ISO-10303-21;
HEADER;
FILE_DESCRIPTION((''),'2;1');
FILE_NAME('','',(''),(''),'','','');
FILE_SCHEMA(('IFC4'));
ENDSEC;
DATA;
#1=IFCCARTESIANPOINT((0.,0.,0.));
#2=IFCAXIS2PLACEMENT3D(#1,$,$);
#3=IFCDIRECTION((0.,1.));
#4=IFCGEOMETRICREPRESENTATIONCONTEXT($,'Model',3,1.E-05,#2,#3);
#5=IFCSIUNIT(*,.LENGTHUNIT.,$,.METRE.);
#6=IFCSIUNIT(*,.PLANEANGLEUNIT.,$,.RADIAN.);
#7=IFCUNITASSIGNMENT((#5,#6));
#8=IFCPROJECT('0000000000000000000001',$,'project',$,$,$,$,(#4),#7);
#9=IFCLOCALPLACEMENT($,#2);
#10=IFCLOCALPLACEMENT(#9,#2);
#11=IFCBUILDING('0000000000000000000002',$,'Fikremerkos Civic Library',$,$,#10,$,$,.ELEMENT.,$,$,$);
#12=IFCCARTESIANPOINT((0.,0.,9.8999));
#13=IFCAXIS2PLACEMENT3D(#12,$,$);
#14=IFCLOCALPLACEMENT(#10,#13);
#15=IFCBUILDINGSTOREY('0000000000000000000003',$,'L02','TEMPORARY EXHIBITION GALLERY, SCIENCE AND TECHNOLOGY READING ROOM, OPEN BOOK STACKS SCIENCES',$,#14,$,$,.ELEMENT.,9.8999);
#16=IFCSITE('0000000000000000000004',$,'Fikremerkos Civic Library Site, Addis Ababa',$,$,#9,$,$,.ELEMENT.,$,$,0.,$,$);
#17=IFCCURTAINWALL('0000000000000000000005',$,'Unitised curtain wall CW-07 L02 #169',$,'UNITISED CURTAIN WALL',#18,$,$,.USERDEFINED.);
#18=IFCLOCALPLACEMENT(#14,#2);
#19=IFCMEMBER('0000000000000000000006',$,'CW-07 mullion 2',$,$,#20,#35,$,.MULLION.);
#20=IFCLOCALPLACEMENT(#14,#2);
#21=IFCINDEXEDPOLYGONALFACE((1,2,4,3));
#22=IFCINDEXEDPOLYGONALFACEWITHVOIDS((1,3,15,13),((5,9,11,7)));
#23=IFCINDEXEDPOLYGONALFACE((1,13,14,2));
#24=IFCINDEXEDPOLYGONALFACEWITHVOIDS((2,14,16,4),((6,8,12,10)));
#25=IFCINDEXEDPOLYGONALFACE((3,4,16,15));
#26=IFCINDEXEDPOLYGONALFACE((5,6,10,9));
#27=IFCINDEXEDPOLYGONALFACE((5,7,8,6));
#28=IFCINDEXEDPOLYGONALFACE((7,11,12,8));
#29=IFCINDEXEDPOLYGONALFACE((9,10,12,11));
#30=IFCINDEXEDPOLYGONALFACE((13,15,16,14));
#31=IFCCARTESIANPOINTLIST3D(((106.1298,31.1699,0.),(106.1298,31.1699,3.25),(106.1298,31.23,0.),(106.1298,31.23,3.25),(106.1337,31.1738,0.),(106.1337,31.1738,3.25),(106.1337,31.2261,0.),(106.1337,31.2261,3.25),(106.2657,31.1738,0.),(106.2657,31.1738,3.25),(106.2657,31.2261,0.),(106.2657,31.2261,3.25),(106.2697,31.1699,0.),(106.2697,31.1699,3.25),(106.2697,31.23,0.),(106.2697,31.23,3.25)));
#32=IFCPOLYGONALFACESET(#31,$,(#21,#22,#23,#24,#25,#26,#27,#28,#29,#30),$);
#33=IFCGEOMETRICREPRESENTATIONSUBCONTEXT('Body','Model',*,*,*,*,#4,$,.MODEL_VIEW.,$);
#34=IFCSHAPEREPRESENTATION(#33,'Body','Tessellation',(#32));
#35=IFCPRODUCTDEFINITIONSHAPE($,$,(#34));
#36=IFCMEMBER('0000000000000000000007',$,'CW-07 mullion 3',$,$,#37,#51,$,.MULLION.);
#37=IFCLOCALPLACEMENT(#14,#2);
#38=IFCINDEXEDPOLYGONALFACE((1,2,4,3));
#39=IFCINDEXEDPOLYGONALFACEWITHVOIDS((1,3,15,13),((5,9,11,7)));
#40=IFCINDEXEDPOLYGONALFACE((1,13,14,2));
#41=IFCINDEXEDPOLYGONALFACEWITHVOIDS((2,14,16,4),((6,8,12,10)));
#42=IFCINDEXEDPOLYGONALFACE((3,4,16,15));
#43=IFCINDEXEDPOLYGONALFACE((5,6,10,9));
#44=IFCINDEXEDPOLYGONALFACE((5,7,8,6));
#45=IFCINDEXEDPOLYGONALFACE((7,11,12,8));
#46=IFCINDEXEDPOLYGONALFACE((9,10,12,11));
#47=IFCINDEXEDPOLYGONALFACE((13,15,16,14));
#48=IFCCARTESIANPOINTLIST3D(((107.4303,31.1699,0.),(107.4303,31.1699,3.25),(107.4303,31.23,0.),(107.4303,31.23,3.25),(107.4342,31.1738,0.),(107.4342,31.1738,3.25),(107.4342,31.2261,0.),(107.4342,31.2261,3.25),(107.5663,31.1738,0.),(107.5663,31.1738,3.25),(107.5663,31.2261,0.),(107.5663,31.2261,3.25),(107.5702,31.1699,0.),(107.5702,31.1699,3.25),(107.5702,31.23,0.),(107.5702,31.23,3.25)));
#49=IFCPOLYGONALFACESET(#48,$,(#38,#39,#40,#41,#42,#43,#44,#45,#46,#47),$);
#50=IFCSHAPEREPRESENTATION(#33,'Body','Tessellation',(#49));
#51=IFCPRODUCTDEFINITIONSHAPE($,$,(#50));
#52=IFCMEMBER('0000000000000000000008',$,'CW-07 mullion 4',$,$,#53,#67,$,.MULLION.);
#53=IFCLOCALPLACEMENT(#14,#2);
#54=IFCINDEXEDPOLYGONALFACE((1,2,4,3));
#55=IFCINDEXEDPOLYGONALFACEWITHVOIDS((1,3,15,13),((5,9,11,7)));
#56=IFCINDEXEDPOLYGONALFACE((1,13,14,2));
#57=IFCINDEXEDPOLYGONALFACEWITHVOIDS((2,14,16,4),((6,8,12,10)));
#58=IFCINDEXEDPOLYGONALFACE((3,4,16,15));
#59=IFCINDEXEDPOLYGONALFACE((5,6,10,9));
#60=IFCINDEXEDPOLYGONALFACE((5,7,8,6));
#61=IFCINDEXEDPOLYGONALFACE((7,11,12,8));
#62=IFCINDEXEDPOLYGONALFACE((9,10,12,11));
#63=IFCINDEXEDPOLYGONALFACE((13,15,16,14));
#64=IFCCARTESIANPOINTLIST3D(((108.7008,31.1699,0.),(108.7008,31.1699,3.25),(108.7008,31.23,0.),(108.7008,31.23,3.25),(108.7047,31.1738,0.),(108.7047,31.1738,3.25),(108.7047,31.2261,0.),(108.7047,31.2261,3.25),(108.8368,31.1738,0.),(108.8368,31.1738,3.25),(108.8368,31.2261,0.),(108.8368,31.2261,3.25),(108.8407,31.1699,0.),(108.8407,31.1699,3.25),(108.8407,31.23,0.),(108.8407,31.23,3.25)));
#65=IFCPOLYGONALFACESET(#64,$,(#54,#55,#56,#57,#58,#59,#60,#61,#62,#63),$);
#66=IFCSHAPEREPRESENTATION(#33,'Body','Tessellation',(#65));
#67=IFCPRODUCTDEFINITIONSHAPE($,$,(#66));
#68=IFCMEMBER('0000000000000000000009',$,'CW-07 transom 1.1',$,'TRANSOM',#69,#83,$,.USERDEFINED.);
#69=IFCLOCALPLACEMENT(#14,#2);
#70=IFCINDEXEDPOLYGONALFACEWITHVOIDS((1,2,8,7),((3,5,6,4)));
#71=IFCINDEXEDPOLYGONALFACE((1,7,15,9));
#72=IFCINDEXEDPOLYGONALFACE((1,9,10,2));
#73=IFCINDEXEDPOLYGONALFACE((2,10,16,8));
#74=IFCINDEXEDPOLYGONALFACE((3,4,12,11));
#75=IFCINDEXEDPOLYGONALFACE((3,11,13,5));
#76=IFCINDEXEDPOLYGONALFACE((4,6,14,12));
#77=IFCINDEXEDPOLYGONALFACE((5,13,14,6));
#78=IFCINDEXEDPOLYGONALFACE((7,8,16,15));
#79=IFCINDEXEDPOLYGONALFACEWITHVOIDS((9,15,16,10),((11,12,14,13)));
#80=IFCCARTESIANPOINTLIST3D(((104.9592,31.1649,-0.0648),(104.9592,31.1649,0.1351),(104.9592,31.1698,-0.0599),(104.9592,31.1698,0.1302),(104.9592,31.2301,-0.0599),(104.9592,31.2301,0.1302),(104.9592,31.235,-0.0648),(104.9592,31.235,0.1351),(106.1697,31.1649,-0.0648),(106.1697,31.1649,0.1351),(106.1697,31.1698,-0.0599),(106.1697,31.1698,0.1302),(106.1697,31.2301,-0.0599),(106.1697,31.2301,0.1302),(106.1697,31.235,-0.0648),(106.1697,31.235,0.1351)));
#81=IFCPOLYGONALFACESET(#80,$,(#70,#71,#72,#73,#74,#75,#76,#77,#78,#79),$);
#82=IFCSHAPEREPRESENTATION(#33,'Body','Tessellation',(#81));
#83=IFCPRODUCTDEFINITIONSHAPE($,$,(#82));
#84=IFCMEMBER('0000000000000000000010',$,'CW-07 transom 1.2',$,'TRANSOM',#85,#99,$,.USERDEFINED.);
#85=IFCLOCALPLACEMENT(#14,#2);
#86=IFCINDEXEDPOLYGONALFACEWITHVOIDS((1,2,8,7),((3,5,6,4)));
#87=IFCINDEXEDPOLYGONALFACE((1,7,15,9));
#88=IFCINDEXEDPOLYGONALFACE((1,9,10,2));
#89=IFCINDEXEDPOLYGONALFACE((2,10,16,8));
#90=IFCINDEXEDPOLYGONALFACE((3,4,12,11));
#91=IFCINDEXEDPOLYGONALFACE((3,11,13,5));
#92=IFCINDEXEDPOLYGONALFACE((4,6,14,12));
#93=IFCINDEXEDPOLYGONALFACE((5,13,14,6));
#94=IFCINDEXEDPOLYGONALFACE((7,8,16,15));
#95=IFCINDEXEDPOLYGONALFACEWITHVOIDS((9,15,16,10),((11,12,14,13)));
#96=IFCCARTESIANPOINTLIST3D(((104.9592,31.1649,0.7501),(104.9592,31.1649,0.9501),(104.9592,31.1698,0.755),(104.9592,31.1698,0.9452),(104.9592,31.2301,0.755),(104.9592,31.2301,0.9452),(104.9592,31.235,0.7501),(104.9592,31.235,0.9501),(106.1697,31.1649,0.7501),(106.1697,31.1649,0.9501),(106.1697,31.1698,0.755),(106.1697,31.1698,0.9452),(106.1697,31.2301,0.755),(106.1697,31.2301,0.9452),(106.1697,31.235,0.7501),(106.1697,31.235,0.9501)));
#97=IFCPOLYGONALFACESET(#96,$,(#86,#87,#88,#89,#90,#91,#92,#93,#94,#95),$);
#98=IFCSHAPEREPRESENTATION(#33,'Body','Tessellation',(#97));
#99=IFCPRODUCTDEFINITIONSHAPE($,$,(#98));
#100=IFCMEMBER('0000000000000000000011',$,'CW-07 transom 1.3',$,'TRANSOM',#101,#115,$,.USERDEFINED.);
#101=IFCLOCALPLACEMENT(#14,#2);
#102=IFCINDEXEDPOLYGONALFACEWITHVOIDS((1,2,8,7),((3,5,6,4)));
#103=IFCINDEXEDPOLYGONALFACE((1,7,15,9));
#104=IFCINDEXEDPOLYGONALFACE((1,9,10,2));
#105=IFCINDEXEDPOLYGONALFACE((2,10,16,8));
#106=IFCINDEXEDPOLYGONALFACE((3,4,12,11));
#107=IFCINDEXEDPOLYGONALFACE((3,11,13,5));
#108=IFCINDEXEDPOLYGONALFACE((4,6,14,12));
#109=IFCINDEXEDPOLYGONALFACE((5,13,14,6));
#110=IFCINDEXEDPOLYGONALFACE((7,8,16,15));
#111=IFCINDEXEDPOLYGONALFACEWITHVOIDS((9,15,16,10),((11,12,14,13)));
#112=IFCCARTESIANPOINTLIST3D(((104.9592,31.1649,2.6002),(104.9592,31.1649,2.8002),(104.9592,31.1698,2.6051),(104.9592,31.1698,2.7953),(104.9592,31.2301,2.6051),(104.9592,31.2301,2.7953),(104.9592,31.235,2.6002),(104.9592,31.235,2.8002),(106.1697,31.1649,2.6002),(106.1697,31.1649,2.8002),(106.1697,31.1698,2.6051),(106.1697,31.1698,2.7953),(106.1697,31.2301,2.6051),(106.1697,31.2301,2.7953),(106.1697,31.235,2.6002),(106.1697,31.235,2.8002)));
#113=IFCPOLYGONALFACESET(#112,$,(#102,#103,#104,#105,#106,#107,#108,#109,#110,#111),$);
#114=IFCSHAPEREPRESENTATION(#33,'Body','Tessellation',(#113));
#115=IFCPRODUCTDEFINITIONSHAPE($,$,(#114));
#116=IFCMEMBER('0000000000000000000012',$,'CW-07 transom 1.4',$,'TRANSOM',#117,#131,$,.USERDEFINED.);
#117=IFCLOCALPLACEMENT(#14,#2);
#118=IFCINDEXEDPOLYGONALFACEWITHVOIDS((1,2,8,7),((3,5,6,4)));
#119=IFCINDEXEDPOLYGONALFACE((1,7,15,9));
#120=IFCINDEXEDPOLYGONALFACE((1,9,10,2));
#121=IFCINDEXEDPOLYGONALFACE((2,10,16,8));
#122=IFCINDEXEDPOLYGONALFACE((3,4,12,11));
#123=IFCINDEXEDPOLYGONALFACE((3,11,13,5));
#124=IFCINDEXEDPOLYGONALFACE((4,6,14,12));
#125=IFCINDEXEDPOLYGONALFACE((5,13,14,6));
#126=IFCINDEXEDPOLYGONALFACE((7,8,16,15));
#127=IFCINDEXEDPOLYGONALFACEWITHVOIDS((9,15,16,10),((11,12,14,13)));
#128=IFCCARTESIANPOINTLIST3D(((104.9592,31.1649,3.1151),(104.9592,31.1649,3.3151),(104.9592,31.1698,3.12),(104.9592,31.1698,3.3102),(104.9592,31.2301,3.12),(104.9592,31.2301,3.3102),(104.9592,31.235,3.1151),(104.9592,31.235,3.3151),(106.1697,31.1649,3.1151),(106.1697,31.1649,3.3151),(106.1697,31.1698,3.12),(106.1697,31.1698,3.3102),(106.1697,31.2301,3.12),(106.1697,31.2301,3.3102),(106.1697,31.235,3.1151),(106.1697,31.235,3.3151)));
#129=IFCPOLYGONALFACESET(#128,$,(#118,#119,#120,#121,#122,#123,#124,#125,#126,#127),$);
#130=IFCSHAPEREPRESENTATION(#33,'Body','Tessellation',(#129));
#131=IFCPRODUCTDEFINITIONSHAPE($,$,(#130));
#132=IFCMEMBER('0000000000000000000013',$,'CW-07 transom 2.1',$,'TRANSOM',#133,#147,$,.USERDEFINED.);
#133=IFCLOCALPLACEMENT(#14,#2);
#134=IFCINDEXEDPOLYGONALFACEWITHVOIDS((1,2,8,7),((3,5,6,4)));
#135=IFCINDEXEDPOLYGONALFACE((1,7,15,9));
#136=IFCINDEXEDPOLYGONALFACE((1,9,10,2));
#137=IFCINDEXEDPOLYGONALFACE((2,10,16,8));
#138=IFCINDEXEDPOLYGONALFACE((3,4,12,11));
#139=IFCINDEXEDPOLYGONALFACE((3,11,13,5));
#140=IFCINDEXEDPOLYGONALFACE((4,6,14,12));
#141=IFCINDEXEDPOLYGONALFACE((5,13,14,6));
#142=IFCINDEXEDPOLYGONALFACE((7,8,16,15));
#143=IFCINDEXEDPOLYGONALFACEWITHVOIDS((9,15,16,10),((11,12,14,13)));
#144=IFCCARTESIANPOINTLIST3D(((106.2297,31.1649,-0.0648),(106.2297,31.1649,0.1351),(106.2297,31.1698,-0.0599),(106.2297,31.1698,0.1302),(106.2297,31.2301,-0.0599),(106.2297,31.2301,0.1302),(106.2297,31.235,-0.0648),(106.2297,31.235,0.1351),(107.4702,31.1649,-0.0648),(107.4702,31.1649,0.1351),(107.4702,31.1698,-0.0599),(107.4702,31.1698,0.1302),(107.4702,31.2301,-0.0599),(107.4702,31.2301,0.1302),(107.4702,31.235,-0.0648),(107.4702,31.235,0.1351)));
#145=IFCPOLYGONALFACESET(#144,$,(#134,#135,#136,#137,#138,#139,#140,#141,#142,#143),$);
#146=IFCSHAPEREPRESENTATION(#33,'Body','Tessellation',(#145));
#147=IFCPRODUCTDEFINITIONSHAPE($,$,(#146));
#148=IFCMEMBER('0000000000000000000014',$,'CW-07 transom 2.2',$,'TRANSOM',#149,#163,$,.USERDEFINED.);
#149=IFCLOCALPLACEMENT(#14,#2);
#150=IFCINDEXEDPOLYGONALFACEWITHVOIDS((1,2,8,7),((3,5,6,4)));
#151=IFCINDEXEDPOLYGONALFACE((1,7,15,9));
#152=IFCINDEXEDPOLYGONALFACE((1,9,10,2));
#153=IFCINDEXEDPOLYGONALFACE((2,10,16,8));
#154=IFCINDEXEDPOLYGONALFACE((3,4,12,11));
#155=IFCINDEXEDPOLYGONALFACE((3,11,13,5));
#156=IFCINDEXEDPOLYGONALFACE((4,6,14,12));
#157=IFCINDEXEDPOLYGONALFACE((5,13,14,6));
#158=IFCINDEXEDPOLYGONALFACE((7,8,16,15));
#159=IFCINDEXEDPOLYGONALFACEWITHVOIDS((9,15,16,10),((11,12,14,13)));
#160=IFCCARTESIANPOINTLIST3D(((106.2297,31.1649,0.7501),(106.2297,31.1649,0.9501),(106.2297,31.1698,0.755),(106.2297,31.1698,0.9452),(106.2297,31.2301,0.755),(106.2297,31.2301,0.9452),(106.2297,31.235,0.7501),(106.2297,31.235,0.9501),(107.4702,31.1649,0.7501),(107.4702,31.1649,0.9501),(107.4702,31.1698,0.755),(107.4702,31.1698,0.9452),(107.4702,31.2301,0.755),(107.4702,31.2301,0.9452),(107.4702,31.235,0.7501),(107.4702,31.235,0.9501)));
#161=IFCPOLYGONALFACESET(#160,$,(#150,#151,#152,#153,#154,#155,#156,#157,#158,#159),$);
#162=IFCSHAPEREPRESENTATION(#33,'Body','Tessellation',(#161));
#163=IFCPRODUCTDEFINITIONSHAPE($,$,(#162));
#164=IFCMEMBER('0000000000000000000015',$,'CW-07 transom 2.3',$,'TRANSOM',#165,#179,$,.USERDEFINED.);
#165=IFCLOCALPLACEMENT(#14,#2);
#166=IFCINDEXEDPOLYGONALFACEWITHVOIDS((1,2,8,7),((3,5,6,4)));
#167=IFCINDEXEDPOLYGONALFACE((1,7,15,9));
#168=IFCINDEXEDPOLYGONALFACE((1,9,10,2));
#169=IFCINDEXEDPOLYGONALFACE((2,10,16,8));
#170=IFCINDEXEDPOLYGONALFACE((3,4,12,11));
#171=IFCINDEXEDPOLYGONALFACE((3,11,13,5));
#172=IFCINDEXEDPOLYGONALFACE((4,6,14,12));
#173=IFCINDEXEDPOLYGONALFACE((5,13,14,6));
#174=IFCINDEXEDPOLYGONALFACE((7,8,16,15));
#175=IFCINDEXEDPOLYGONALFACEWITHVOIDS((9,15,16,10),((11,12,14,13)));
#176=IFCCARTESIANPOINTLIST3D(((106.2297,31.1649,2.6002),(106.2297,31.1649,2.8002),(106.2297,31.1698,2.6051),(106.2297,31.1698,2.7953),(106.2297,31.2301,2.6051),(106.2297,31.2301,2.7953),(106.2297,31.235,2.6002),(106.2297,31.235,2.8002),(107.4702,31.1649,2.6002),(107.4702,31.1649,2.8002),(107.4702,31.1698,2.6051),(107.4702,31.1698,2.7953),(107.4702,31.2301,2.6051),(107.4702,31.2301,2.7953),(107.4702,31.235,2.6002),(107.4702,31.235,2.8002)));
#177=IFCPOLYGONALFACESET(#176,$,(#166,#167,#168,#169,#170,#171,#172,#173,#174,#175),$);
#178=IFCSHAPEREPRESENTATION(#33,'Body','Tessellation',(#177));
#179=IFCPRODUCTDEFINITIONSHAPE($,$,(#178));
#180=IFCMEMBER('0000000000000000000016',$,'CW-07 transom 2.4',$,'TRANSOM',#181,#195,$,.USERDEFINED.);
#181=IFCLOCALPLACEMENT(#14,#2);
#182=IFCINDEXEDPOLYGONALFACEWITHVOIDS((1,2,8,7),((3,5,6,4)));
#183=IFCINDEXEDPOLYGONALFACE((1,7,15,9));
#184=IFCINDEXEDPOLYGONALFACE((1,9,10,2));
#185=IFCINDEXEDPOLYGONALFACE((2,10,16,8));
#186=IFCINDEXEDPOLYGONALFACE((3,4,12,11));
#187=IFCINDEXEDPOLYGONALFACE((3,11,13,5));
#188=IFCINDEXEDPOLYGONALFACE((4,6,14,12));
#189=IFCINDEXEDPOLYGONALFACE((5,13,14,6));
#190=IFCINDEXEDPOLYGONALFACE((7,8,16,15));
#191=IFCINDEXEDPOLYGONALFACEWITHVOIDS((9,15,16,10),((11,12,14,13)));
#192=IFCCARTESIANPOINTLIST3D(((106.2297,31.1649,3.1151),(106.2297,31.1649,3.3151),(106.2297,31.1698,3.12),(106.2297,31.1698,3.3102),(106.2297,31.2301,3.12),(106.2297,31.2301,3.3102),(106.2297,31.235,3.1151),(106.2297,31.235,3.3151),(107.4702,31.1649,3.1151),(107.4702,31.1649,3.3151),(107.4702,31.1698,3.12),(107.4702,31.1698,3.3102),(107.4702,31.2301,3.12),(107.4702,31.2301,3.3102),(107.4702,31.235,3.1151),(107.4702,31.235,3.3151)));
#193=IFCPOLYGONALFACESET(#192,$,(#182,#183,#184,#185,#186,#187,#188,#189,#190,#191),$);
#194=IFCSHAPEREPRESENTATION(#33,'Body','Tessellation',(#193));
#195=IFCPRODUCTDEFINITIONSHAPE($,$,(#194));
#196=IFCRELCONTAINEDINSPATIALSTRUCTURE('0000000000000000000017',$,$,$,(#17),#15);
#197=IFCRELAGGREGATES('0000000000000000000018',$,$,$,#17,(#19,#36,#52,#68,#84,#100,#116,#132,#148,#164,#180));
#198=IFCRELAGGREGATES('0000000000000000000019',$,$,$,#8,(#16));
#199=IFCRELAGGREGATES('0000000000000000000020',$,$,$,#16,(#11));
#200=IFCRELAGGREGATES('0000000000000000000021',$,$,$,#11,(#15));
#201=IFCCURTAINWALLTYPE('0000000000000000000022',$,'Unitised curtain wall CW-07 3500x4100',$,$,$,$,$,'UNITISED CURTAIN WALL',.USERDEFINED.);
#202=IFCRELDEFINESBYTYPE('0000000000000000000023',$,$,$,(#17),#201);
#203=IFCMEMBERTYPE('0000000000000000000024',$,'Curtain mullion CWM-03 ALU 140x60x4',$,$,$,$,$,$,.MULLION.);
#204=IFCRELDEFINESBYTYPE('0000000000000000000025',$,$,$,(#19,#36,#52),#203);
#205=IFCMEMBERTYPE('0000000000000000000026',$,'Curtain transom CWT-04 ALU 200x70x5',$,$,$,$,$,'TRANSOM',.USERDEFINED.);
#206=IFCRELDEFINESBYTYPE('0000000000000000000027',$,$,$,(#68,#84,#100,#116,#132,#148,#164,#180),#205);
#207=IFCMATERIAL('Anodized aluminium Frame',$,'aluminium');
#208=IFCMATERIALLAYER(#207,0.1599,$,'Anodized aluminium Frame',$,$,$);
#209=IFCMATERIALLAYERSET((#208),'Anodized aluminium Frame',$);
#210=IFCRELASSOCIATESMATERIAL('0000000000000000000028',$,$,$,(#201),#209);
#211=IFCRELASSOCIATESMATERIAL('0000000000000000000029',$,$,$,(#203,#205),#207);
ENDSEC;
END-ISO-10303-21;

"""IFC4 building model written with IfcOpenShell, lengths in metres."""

from ifc_helpers import new_model, si_unit, direction, frame, origin, origin_2d, place, context, subcontext, project, spatial, hollow_rectangle, extrude, material, layer, layer_set, material_profile, profile_set, type_object, element, aggregate, save


model = new_model("IFC4")

# Units and contexts
model_context = context("Model", 3, precision=1e-05, world=origin(), true_north=direction((0.0, 1.0)))
body_context = subcontext(model_context, "Body", "Model", "MODEL_VIEW")
ifc_project = project(units=[si_unit("LENGTHUNIT", "METRE"), si_unit("PLANEANGLEUNIT", "RADIAN")], contexts=[model_context])

# Site, building, storey
site_placement = place(None, origin())
site = spatial("IfcSite", under=ifc_project, at=site_placement, Name="Fikremerkos Civic Library Site, Addis Ababa", CompositionType="ELEMENT", RefElevation=0.0)
building_placement = place(site_placement, origin())
building = spatial("IfcBuilding", under=site, at=building_placement, Name="Fikremerkos Civic Library", CompositionType="ELEMENT")
storey_placement = place(building_placement, frame((0.0, 0.0, 9.8999)))
storey = spatial("IfcBuildingStorey", under=building, at=storey_placement, Name="L02", Description="TEMPORARY EXHIBITION GALLERY, SCIENCE AND TECHNOLOGY READING ROOM, OPEN BOOK STACKS SCIENCES", CompositionType="ELEMENT", Elevation=9.8999)

# Curtain wall, members
ifc_material_1 = material(Name="Anodized aluminium Frame", Category="aluminium")
ifc_layer_1 = layer(ifc_material_1, 0.1599, Name="Anodized aluminium Frame")
ifc_layer_set_1 = layer_set([ifc_layer_1], Name="Anodized aluminium Frame")
curtain_wall_type = type_object("IfcCurtainWallType", Name="Unitised curtain wall CW-07 3500x4100", ElementType="UNITISED CURTAIN WALL", PredefinedType="USERDEFINED", material=ifc_layer_set_1)
curtain_wall_placement = place(storey_placement, origin())
curtain_wall = element("IfcCurtainWall", 1, at=curtain_wall_placement, inside=storey, type_object=curtain_wall_type, Name="Unitised curtain wall CW-07 L02 #169", ObjectType="UNITISED CURTAIN WALL", PredefinedType="USERDEFINED")
ifc_material_profile_1 = material_profile(ifc_material_1, hollow_rectangle(XDim=0.0601, YDim=0.1399, WallThickness=0.0039, at=origin_2d()), Name="ALU 140x60x4")
ifc_profile_set_1 = profile_set([ifc_material_profile_1], Name="Anodized aluminium Frame")
member_type_1 = type_object("IfcMemberType", Name="Curtain mullion CWM-03 ALU 140x60x4", PredefinedType="MULLION", material=ifc_profile_set_1)
member_1_placement = place(storey_placement, frame((106.1997, 31.2, 0.0), z_axis=(0.0, 0.0, 1.0), x_axis=(0.0, 1.0, 0.0)))
member_1 = element("IfcMember", 2, at=member_1_placement, type_object=member_type_1, Name="CW-07 mullion 2", PredefinedType="MULLION", context=body_context, shape_type="SweptSolid", body=[
    extrude(hollow_rectangle(XDim=0.0601, YDim=0.1399, WallThickness=0.0039, at=origin_2d()), origin(), (0.0, 0.0, 1.0), 3.25),
])
member_2_placement = place(storey_placement, frame((107.5002, 31.2, 0.0), z_axis=(0.0, 0.0, 1.0), x_axis=(0.0, 1.0, 0.0)))
member_2 = element("IfcMember", 3, at=member_2_placement, type_object=member_type_1, Name="CW-07 mullion 3", PredefinedType="MULLION", context=body_context, shape_type="SweptSolid", body=[
    extrude(hollow_rectangle(XDim=0.0601, YDim=0.1399, WallThickness=0.0039, at=origin_2d()), origin(), (0.0, 0.0, 1.0), 3.25),
])
member_3_placement = place(storey_placement, frame((108.7708, 31.2, 0.0), z_axis=(0.0, 0.0, 1.0), x_axis=(0.0, 1.0, 0.0)))
member_3 = element("IfcMember", 4, at=member_3_placement, type_object=member_type_1, Name="CW-07 mullion 4", PredefinedType="MULLION", context=body_context, shape_type="SweptSolid", body=[
    extrude(hollow_rectangle(XDim=0.0601, YDim=0.1399, WallThickness=0.0039, at=origin_2d()), origin(), (0.0, 0.0, 1.0), 3.25),
])
ifc_material_profile_2 = material_profile(ifc_material_1, hollow_rectangle(XDim=0.0701, YDim=0.2, WallThickness=0.0049, at=origin_2d()), Name="ALU 200x70x5")
ifc_profile_set_2 = profile_set([ifc_material_profile_2], Name="Anodized aluminium Frame")
member_type_2 = type_object("IfcMemberType", Name="Curtain transom CWT-04 ALU 200x70x5", ElementType="TRANSOM", PredefinedType="USERDEFINED", material=ifc_profile_set_2)
member_4_placement = place(storey_placement, frame((104.9592, 31.2, 0.0352), z_axis=(1.0, 0.0, 0.0), x_axis=(0.0, 1.0, 0.0)))
member_4 = element("IfcMember", 5, at=member_4_placement, type_object=member_type_2, Name="CW-07 transom 1.1", ObjectType="TRANSOM", PredefinedType="USERDEFINED", context=body_context, shape_type="SweptSolid", body=[
    extrude(hollow_rectangle(XDim=0.0701, YDim=0.2, WallThickness=0.0049, at=origin_2d()), origin(), (0.0, 0.0, 1.0), 1.2104),
])
member_5_placement = place(storey_placement, frame((104.9592, 31.2, 0.8501), z_axis=(1.0, 0.0, 0.0), x_axis=(0.0, 1.0, 0.0)))
member_5 = element("IfcMember", 6, at=member_5_placement, type_object=member_type_2, Name="CW-07 transom 1.2", ObjectType="TRANSOM", PredefinedType="USERDEFINED", context=body_context, shape_type="SweptSolid", body=[
    extrude(hollow_rectangle(XDim=0.0701, YDim=0.2, WallThickness=0.0049, at=origin_2d()), origin(), (0.0, 0.0, 1.0), 1.2104),
])
member_6_placement = place(storey_placement, frame((104.9592, 31.2, 2.7002), z_axis=(1.0, 0.0, 0.0), x_axis=(0.0, 1.0, 0.0)))
member_6 = element("IfcMember", 7, at=member_6_placement, type_object=member_type_2, Name="CW-07 transom 1.3", ObjectType="TRANSOM", PredefinedType="USERDEFINED", context=body_context, shape_type="SweptSolid", body=[
    extrude(hollow_rectangle(XDim=0.0701, YDim=0.2, WallThickness=0.0049, at=origin_2d()), origin(), (0.0, 0.0, 1.0), 1.2104),
])
member_7_placement = place(storey_placement, frame((104.9592, 31.2, 3.2151), z_axis=(1.0, 0.0, 0.0), x_axis=(0.0, 1.0, 0.0)))
member_7 = element("IfcMember", 8, at=member_7_placement, type_object=member_type_2, Name="CW-07 transom 1.4", ObjectType="TRANSOM", PredefinedType="USERDEFINED", context=body_context, shape_type="SweptSolid", body=[
    extrude(hollow_rectangle(XDim=0.0701, YDim=0.2, WallThickness=0.0049, at=origin_2d()), origin(), (0.0, 0.0, 1.0), 1.2104),
])
member_8_placement = place(storey_placement, frame((106.2297, 31.2, 0.0352), z_axis=(1.0, 0.0, 0.0), x_axis=(0.0, 1.0, 0.0)))
member_8 = element("IfcMember", 9, at=member_8_placement, type_object=member_type_2, Name="CW-07 transom 2.1", ObjectType="TRANSOM", PredefinedType="USERDEFINED", context=body_context, shape_type="SweptSolid", body=[
    extrude(hollow_rectangle(XDim=0.0701, YDim=0.2, WallThickness=0.0049, at=origin_2d()), origin(), (0.0, 0.0, 1.0), 1.2405),
])
member_9_placement = place(storey_placement, frame((106.2297, 31.2, 0.8501), z_axis=(1.0, 0.0, 0.0), x_axis=(0.0, 1.0, 0.0)))
member_9 = element("IfcMember", 10, at=member_9_placement, type_object=member_type_2, Name="CW-07 transom 2.2", ObjectType="TRANSOM", PredefinedType="USERDEFINED", context=body_context, shape_type="SweptSolid", body=[
    extrude(hollow_rectangle(XDim=0.0701, YDim=0.2, WallThickness=0.0049, at=origin_2d()), origin(), (0.0, 0.0, 1.0), 1.2405),
])
member_10_placement = place(storey_placement, frame((106.2297, 31.2, 2.7002), z_axis=(1.0, 0.0, 0.0), x_axis=(0.0, 1.0, 0.0)))
member_10 = element("IfcMember", 11, at=member_10_placement, type_object=member_type_2, Name="CW-07 transom 2.3", ObjectType="TRANSOM", PredefinedType="USERDEFINED", context=body_context, shape_type="SweptSolid", body=[
    extrude(hollow_rectangle(XDim=0.0701, YDim=0.2, WallThickness=0.0049, at=origin_2d()), origin(), (0.0, 0.0, 1.0), 1.2405),
])
member_11_placement = place(storey_placement, frame((106.2297, 31.2, 3.2151), z_axis=(1.0, 0.0, 0.0), x_axis=(0.0, 1.0, 0.0)))
member_11 = element("IfcMember", 12, at=member_11_placement, type_object=member_type_2, Name="CW-07 transom 2.4", ObjectType="TRANSOM", PredefinedType="USERDEFINED", context=body_context, shape_type="SweptSolid", body=[
    extrude(hollow_rectangle(XDim=0.0701, YDim=0.2, WallThickness=0.0049, at=origin_2d()), origin(), (0.0, 0.0, 1.0), 1.2405),
])
aggregate(curtain_wall, [member_1, member_2, member_3, member_4, member_5, member_6, member_7, member_8, member_9, member_10, member_11])

save(model, "model.ifc")
